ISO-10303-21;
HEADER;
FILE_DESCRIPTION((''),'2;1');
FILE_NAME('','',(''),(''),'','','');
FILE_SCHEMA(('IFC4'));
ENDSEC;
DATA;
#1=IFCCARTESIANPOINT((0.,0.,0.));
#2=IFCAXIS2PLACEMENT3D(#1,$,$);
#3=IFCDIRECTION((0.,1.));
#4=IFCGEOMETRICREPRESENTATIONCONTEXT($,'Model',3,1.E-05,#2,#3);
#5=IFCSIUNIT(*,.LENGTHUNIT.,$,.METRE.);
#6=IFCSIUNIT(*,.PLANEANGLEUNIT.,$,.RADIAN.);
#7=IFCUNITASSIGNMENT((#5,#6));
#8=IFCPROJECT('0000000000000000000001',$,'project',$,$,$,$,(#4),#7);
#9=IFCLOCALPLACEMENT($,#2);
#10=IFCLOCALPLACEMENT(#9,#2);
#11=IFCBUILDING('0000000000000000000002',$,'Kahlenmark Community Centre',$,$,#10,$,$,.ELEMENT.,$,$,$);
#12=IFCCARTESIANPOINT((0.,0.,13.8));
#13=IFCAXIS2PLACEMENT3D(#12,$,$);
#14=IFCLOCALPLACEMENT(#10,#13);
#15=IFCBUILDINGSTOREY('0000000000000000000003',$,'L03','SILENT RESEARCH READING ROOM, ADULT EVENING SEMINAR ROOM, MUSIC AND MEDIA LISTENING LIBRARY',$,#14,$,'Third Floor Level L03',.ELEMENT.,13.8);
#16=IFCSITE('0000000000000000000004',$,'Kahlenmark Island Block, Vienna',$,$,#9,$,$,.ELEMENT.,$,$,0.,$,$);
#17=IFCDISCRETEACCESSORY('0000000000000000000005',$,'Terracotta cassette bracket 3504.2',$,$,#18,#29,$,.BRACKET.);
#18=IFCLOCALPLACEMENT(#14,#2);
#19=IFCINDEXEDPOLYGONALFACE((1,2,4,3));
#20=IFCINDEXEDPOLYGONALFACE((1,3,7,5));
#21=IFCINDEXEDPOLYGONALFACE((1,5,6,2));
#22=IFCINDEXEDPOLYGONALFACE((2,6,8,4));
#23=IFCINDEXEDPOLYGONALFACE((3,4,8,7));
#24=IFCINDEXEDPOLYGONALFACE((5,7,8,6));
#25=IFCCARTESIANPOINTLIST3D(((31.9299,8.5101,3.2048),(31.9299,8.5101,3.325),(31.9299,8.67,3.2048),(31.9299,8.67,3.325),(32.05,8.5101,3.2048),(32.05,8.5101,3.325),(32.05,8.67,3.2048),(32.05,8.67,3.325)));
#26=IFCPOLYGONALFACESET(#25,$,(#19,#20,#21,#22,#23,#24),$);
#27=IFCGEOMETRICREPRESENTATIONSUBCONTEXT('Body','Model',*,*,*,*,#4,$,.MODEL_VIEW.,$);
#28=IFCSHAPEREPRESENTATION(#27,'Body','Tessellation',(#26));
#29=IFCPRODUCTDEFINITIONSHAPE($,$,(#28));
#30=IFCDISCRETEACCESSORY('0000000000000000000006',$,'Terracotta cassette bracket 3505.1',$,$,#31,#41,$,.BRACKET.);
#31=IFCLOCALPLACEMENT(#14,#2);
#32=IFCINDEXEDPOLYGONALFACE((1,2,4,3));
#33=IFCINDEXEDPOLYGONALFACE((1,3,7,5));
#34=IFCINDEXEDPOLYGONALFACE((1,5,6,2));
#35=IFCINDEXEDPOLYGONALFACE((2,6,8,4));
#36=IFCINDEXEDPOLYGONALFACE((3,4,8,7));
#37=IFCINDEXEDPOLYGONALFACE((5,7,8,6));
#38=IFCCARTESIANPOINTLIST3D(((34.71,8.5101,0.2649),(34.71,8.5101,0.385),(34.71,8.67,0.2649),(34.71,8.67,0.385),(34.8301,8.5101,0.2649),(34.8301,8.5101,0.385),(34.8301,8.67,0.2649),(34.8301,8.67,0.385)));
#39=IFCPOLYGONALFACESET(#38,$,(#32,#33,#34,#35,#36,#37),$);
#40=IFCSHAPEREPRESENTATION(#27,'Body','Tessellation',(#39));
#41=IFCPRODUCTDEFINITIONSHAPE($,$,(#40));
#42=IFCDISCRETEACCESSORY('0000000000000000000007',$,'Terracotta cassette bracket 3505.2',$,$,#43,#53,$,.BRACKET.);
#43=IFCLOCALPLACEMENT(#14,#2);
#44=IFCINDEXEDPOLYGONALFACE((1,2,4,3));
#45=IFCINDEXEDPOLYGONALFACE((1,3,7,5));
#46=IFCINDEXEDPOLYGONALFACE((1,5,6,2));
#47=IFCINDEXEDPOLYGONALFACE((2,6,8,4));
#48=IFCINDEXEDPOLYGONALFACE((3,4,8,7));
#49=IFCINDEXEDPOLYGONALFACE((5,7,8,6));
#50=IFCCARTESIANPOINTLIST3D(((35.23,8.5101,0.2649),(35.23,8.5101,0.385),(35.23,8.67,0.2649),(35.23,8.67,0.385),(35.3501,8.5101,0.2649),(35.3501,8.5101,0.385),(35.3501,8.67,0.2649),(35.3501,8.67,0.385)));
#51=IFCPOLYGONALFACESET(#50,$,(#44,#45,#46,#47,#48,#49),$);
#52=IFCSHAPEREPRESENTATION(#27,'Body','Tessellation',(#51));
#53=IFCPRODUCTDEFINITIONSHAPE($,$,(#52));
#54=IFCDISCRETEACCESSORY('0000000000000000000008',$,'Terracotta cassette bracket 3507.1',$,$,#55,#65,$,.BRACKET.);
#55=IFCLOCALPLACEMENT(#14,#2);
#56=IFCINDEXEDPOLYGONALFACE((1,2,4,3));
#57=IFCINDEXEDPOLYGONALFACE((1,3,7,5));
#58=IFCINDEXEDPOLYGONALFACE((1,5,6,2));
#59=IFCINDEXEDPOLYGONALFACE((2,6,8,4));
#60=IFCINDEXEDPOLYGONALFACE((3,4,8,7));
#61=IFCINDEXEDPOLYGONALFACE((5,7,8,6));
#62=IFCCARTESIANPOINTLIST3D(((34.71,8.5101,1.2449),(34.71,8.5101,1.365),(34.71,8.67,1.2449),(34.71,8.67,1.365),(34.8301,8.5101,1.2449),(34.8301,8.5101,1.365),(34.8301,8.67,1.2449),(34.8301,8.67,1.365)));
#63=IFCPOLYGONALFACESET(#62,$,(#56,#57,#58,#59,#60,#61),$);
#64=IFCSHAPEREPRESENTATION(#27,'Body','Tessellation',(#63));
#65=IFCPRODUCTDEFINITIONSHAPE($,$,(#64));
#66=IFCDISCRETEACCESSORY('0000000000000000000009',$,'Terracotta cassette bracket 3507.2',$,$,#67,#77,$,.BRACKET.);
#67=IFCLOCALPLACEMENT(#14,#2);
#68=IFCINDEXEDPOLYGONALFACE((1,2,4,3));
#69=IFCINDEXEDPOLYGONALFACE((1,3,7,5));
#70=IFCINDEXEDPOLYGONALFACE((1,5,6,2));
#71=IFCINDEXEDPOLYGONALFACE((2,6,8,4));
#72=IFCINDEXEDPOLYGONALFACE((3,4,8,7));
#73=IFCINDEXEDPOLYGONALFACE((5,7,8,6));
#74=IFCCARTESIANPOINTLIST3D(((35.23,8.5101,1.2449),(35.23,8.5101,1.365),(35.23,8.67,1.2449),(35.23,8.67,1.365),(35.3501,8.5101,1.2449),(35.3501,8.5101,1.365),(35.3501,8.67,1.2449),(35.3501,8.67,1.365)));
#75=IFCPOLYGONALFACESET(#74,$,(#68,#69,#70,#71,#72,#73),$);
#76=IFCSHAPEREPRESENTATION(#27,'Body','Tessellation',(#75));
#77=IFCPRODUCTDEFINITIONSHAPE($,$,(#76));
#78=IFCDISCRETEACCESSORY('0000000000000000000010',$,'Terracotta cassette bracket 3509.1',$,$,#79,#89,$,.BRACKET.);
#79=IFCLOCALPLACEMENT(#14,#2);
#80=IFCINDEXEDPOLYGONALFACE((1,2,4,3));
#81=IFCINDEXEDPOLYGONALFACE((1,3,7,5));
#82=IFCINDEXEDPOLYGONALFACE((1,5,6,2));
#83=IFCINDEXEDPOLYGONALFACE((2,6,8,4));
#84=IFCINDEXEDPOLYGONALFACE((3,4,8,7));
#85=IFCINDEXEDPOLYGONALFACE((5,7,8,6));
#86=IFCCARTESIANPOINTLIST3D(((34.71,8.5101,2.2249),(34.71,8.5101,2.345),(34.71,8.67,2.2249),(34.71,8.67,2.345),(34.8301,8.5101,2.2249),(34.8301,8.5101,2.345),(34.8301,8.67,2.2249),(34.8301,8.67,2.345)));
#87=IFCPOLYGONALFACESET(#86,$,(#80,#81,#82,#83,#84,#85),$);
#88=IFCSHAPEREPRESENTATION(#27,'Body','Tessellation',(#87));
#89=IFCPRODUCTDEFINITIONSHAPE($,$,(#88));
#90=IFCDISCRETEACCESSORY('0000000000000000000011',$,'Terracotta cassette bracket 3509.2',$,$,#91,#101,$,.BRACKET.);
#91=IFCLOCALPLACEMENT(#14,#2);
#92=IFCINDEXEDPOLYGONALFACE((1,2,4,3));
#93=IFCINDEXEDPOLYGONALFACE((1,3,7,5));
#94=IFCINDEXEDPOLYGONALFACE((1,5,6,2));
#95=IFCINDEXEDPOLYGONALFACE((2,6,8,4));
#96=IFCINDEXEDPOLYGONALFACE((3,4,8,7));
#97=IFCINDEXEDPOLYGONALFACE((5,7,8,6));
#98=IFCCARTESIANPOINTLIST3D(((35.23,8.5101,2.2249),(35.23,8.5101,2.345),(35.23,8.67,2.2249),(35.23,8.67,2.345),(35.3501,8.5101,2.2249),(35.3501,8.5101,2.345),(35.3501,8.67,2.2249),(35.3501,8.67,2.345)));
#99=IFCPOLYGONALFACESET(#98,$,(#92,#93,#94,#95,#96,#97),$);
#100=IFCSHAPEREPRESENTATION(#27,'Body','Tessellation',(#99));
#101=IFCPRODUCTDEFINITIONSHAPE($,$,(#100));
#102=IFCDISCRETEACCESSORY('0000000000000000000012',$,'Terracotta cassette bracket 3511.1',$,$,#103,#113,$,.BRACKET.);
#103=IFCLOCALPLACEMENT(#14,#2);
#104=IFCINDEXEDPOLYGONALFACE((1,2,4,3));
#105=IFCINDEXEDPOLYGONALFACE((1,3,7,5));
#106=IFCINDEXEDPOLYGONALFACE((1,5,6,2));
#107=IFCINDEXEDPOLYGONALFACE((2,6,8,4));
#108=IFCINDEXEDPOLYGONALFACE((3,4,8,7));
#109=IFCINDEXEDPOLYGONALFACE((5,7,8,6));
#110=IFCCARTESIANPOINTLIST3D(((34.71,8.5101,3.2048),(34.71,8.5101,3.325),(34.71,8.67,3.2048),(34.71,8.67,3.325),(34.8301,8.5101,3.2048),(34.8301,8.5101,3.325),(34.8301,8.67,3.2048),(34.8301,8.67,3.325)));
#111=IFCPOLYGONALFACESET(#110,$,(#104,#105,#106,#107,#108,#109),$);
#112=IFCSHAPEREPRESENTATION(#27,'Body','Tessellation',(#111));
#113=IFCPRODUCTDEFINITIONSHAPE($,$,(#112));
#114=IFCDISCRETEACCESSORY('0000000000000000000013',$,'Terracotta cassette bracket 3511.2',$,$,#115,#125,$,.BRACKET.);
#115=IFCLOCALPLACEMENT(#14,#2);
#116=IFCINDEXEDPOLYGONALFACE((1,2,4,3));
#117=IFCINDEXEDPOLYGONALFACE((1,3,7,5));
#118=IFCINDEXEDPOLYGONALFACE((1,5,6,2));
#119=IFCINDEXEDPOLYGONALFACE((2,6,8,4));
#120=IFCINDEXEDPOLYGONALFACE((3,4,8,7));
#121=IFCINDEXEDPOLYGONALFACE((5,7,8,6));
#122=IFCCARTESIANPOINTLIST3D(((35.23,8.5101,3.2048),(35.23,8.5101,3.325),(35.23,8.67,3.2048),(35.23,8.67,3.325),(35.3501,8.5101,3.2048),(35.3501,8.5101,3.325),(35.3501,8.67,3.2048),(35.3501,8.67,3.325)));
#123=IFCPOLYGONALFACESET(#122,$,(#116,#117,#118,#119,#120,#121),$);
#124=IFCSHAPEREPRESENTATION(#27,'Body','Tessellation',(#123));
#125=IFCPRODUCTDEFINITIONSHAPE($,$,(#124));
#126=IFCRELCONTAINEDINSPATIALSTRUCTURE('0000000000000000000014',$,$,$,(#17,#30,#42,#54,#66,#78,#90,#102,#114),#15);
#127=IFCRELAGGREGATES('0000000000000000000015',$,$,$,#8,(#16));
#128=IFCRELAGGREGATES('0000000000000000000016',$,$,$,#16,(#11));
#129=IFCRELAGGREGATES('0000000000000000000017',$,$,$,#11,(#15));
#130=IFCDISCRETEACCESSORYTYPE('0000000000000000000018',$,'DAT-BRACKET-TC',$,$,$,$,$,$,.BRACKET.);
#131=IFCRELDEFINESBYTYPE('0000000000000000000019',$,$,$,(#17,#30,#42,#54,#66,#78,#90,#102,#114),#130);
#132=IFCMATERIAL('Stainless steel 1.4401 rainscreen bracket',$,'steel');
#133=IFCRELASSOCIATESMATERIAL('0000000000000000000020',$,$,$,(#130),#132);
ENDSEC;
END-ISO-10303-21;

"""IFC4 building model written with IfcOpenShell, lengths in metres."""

from ifc_helpers import new_model, si_unit, direction, frame, origin, origin_2d, place, context, subcontext, project, spatial, rectangle, extrude, material, type_object, element, save


model = new_model("IFC4")

# Units and contexts
model_context = context("Model", 3, precision=1e-05, world=origin(), true_north=direction((0.0, 1.0)))
body_context = subcontext(model_context, "Body", "Model", "MODEL_VIEW")
ifc_project = project(units=[si_unit("LENGTHUNIT", "METRE"), si_unit("PLANEANGLEUNIT", "RADIAN")], contexts=[model_context])

# Site, building, storey
site_placement = place(None, origin())
site = spatial("IfcSite", under=ifc_project, at=site_placement, Name="Kahlenmark Island Block, Vienna", CompositionType="ELEMENT", RefElevation=0.0)
building_placement = place(site_placement, origin())
building = spatial("IfcBuilding", under=site, at=building_placement, Name="Kahlenmark Community Centre", CompositionType="ELEMENT")
storey_placement = place(building_placement, frame((0.0, 0.0, 13.8)))
storey = spatial("IfcBuildingStorey", under=building, at=storey_placement, Name="L03", Description="SILENT RESEARCH READING ROOM, ADULT EVENING SEMINAR ROOM, MUSIC AND MEDIA LISTENING LIBRARY", LongName="Third Floor Level L03", CompositionType="ELEMENT", Elevation=13.8)

# Discrete accessories
ifc_material_1 = material(Name="Stainless steel 1.4401 rainscreen bracket", Category="steel")
discrete_accessory_type = type_object("IfcDiscreteAccessoryType", Name="DAT-BRACKET-TC", PredefinedType="BRACKET", material=ifc_material_1)
for number, where, z_axis, x_axis, name in (
    (1, (31.99, 8.5901, 3.2048), (0.0, 0.0, 1.0), (1.0, 0.0, 0.0), "Terracotta cassette bracket 3504.2"),
    (2, (34.77, 8.5901, 0.2649), (0.0, 0.0, 1.0), (1.0, 0.0, 0.0), "Terracotta cassette bracket 3505.1"),
    (3, (35.29, 8.5901, 0.2649), (0.0, 0.0, 1.0), (1.0, 0.0, 0.0), "Terracotta cassette bracket 3505.2"),
    (4, (34.77, 8.5901, 1.2449), (0.0, 0.0, 1.0), (1.0, 0.0, 0.0), "Terracotta cassette bracket 3507.1"),
    (5, (35.29, 8.5901, 1.2449), (0.0, 0.0, 1.0), (1.0, 0.0, 0.0), "Terracotta cassette bracket 3507.2"),
    (6, (34.77, 8.5901, 2.2249), (0.0, 0.0, 1.0), (1.0, 0.0, 0.0), "Terracotta cassette bracket 3509.1"),
    (7, (35.29, 8.5901, 2.2249), (0.0, 0.0, 1.0), (1.0, 0.0, 0.0), "Terracotta cassette bracket 3509.2"),
    (8, (34.77, 8.5901, 3.2048), (0.0, 0.0, 1.0), (1.0, 0.0, 0.0), "Terracotta cassette bracket 3511.1"),
    (9, (35.29, 8.5901, 3.2048), (0.0, 0.0, 1.0), (1.0, 0.0, 0.0), "Terracotta cassette bracket 3511.2"),
):
    element("IfcDiscreteAccessory", number, at=place(storey_placement, frame(where, z_axis=z_axis, x_axis=x_axis)), inside=storey, type_object=discrete_accessory_type, Name=name, PredefinedType="BRACKET", context=body_context, shape_type="SweptSolid", body=[
        extrude(rectangle(XDim=0.1201, YDim=0.1599, at=origin_2d()), origin(), (0.0, 0.0, 1.0), 0.1201),
    ])

save(model, "model.ifc")
